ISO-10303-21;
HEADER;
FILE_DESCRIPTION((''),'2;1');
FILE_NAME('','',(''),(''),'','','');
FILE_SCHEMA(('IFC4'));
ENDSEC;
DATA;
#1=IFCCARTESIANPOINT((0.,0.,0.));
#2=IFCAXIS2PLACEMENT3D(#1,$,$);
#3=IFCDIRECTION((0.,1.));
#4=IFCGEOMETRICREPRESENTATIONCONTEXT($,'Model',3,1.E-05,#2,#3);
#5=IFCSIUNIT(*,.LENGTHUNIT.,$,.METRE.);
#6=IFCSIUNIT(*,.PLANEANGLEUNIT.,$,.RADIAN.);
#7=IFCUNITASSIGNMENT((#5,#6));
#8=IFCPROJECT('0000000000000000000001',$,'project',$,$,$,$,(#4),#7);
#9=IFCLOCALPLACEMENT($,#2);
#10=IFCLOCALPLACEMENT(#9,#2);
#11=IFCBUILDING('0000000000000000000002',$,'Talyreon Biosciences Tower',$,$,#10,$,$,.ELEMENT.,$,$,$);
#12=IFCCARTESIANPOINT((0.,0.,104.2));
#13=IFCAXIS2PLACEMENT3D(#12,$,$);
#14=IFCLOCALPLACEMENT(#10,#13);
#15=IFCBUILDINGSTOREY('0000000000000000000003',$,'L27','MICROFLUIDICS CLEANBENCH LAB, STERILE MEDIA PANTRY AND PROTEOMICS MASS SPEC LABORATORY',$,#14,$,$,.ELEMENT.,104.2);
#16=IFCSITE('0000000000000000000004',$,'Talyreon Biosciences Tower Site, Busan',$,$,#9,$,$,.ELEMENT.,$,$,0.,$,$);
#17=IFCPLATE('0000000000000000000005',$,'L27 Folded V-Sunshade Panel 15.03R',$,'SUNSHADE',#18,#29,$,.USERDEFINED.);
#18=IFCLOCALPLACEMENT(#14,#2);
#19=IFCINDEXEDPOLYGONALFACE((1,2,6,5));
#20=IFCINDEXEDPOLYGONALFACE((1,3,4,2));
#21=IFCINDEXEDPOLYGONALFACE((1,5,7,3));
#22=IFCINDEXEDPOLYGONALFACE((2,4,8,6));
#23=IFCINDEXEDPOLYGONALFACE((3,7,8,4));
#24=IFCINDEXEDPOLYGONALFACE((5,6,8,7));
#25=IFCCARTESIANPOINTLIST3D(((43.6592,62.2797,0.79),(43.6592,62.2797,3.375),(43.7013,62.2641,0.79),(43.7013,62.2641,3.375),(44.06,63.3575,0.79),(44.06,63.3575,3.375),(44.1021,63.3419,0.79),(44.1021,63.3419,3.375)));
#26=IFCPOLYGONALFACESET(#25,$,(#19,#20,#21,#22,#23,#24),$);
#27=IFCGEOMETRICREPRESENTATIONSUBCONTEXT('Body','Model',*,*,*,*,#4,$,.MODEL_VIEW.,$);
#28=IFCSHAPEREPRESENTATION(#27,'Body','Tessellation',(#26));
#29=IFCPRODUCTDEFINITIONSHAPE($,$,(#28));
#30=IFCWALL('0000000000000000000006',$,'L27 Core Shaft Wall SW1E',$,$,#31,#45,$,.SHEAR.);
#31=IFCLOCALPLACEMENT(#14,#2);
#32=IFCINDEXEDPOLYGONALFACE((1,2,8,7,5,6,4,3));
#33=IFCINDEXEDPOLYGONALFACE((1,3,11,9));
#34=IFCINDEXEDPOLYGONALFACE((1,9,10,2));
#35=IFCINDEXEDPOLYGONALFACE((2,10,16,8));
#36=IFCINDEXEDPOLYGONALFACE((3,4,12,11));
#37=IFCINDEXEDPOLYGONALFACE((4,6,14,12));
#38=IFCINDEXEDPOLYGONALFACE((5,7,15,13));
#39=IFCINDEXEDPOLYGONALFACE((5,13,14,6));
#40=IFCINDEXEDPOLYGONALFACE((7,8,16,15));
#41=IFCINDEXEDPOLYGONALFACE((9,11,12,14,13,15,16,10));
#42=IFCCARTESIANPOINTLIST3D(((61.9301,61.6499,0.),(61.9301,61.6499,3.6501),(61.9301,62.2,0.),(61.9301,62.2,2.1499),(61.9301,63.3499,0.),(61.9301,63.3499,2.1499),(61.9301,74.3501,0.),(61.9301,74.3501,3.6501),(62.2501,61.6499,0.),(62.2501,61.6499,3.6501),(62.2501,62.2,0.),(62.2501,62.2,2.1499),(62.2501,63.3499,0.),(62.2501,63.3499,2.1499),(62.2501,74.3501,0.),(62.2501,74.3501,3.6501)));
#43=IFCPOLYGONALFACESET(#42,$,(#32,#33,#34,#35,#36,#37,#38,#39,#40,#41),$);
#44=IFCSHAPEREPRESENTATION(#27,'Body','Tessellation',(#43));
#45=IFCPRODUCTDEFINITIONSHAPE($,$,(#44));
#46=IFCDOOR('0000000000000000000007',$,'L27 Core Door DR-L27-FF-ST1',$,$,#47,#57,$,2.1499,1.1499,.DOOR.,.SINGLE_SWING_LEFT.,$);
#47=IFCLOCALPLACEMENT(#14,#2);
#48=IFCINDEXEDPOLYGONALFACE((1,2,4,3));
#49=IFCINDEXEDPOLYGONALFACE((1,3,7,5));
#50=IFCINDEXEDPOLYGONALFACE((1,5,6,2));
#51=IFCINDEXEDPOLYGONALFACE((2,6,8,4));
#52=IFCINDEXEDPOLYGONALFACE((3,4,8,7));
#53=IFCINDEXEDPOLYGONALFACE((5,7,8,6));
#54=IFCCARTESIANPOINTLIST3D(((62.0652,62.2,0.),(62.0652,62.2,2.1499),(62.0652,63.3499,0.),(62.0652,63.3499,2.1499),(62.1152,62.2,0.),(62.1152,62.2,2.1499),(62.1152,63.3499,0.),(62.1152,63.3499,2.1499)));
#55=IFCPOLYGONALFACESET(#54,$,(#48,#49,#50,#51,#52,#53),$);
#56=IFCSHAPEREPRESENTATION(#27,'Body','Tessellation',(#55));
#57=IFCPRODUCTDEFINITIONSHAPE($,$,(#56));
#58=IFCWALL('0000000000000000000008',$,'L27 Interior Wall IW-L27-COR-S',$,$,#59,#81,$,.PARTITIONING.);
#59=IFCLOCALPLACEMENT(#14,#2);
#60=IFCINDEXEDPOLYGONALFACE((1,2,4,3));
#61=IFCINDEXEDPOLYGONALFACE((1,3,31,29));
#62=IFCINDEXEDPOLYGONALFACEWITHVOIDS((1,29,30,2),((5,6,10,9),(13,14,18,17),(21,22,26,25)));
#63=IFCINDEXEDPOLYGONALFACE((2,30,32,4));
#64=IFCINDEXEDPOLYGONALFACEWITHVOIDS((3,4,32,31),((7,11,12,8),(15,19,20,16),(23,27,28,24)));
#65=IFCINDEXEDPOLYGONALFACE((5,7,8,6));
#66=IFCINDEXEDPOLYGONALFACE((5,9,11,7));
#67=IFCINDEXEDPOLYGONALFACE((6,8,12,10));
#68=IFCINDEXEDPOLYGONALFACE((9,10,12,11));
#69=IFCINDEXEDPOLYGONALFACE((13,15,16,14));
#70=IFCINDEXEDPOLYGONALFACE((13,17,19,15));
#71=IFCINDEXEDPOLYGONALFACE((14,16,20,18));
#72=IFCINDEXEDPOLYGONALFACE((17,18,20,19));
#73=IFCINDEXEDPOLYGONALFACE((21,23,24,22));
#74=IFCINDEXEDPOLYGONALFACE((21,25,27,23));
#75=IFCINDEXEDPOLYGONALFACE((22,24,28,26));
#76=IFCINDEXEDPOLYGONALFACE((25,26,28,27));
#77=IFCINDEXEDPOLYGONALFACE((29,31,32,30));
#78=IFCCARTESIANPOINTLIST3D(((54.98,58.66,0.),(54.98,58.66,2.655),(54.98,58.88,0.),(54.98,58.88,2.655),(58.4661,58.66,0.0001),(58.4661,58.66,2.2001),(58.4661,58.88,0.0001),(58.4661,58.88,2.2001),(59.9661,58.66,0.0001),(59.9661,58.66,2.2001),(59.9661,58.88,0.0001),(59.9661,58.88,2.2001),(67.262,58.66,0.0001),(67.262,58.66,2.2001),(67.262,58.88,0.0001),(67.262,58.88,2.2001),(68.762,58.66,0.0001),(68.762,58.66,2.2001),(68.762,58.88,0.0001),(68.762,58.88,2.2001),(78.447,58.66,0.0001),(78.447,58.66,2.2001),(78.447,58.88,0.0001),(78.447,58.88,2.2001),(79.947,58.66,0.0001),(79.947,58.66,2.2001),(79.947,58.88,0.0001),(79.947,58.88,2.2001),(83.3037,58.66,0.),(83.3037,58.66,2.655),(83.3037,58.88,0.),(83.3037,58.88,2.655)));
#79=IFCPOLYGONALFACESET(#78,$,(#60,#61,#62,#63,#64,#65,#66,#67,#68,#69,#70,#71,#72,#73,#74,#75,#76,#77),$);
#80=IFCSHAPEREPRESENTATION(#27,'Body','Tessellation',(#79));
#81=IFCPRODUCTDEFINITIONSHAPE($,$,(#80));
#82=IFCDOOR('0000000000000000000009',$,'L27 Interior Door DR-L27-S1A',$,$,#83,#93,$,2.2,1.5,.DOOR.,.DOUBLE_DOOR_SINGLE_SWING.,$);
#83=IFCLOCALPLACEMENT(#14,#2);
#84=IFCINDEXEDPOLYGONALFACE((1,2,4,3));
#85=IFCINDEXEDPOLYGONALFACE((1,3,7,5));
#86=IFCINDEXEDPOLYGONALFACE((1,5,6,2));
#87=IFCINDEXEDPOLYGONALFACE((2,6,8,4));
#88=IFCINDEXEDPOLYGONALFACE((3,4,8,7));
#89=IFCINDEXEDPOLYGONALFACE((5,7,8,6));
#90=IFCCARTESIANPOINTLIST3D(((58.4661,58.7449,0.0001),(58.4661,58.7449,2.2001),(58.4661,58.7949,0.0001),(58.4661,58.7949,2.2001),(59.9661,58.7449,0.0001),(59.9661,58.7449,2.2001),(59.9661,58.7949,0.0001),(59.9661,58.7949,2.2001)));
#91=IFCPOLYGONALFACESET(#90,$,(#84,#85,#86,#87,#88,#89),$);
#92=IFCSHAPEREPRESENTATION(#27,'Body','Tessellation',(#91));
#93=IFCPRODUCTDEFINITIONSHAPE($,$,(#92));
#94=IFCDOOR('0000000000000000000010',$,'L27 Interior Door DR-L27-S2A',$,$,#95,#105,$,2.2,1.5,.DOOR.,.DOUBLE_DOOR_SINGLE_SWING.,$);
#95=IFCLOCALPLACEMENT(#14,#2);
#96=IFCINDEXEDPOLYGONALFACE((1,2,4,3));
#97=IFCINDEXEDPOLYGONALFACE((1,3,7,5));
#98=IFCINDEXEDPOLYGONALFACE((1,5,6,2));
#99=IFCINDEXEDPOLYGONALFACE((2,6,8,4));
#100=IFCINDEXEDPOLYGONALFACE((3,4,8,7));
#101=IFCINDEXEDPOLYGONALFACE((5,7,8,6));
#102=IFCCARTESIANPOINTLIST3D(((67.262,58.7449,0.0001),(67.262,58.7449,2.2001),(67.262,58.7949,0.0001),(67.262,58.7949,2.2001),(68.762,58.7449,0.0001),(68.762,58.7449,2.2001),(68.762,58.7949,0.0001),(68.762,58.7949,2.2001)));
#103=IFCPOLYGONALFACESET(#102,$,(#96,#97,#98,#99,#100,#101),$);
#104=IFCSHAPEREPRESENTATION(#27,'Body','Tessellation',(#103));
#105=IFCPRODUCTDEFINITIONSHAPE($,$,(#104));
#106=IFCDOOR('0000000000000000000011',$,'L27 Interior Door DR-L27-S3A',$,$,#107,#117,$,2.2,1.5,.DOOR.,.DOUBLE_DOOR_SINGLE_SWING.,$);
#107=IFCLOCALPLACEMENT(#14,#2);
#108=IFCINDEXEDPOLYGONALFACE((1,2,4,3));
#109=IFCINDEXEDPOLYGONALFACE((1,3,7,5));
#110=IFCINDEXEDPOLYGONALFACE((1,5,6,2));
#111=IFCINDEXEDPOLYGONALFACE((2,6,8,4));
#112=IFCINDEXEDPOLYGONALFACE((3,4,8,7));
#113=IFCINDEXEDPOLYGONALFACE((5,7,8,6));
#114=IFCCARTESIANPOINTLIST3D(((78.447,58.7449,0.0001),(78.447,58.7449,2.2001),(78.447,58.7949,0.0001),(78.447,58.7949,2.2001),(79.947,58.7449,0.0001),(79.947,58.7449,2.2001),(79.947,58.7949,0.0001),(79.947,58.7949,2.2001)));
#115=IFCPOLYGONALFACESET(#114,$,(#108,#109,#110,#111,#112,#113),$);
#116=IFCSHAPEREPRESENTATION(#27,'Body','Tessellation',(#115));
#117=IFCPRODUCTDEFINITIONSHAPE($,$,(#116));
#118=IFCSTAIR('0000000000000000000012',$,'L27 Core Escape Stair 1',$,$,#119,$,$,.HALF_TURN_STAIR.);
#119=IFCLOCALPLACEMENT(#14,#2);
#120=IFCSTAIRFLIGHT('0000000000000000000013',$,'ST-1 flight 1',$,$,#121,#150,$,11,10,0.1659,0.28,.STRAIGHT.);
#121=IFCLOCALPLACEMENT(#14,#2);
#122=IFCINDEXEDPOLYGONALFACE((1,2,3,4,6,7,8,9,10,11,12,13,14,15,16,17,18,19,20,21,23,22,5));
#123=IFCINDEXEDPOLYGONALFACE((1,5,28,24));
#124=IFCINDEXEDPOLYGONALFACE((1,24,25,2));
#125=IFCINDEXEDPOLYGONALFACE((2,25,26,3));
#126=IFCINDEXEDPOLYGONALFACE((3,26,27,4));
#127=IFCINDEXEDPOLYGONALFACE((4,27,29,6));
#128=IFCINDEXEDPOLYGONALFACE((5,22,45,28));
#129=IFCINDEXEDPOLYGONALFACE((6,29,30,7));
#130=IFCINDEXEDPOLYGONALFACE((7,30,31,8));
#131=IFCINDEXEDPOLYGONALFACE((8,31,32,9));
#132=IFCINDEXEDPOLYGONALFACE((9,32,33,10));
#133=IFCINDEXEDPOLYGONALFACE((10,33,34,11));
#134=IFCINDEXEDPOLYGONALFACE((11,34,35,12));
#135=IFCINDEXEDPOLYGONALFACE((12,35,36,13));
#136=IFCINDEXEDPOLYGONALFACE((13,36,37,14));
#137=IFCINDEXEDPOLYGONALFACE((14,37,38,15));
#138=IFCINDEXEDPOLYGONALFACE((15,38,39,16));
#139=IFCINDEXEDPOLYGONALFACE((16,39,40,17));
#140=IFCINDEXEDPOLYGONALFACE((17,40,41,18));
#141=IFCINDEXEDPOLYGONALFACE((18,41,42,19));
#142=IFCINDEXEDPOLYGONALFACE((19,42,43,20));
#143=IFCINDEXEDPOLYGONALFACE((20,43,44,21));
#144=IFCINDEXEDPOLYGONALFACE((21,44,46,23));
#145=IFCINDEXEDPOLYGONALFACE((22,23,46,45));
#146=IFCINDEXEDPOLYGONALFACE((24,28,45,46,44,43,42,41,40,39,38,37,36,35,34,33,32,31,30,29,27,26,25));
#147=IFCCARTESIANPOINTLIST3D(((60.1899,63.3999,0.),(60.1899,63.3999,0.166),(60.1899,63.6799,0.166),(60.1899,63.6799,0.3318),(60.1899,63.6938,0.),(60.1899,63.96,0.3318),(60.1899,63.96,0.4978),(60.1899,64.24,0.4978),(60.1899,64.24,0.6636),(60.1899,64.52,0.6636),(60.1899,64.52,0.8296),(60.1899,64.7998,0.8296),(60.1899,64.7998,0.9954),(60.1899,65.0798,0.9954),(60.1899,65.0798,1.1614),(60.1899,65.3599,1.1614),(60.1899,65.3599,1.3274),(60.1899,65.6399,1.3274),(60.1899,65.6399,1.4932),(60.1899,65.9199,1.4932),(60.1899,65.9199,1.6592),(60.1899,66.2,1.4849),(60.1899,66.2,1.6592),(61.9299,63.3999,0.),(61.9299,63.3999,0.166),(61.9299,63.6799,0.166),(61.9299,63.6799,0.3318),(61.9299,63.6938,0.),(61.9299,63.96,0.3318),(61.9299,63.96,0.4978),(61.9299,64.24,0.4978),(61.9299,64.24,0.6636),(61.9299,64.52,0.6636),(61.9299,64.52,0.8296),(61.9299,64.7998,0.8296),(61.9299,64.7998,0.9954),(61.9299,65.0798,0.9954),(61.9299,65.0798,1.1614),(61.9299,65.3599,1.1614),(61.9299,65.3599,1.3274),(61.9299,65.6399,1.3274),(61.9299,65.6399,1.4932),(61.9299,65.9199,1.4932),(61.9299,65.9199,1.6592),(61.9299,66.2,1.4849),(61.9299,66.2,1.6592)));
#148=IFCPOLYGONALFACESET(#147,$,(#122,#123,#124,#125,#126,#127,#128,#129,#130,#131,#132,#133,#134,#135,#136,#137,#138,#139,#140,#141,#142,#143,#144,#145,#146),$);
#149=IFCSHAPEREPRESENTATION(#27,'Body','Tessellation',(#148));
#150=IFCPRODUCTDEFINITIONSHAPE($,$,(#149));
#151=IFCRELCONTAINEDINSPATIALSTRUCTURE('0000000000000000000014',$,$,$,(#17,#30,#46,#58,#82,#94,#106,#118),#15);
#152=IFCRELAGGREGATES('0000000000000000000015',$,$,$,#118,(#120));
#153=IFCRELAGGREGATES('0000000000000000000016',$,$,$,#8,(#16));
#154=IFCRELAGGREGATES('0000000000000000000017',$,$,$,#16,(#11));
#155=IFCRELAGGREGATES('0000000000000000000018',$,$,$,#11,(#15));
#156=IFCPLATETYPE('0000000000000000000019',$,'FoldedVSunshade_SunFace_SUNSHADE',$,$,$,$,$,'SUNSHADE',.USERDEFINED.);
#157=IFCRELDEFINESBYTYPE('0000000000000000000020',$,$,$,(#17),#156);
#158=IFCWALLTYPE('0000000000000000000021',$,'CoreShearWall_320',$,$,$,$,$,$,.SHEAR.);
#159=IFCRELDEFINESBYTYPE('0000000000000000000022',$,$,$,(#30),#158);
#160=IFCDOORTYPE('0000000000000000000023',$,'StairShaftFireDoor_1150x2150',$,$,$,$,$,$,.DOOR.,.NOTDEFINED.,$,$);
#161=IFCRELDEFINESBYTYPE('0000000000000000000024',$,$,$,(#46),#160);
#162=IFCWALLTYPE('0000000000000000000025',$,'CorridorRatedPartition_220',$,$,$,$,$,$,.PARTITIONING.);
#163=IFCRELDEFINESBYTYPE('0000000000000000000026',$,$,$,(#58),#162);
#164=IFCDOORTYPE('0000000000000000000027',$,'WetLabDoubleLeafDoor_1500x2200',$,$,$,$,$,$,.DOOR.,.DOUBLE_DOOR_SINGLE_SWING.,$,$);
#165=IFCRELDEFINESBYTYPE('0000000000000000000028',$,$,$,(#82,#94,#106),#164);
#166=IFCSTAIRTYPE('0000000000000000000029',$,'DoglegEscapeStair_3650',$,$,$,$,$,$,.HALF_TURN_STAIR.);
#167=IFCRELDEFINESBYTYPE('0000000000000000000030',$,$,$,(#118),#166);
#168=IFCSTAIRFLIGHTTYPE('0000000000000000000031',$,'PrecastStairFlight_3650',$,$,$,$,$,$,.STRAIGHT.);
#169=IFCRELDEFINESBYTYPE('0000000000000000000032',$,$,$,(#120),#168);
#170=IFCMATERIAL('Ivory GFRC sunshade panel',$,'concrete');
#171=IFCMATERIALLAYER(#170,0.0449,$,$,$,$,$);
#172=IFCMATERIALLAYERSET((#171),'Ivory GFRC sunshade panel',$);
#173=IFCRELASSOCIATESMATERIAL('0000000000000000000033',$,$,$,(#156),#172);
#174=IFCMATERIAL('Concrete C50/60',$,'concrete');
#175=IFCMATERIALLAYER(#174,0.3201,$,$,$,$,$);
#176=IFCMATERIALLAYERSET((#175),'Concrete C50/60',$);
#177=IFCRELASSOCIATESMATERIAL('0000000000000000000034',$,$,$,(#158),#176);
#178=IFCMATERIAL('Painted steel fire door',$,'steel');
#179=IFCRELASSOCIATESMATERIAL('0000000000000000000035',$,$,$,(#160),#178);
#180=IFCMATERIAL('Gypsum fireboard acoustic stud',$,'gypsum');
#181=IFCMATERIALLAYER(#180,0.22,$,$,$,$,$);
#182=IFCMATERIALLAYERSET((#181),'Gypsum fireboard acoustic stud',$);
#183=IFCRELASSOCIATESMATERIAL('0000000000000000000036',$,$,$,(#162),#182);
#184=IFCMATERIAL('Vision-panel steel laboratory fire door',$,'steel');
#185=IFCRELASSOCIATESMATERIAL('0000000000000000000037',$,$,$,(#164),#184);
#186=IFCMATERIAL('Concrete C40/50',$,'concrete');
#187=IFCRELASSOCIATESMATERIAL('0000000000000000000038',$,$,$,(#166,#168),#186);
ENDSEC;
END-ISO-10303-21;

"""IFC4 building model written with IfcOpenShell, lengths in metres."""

from ifc_helpers import new_model, si_unit, direction, frame, frame_2d, origin, origin_2d, place, context, subcontext, project, spatial, polyline, rectangle, outline, extrude, material, layer, layer_set, type_object, element, fill, aggregate, save


model = new_model("IFC4")

# Units and contexts
model_context = context("Model", 3, precision=1e-05, world=origin(), true_north=direction((0.0, 1.0)))
body_context = subcontext(model_context, "Body", "Model", "MODEL_VIEW")
ifc_project = project(units=[si_unit("LENGTHUNIT", "METRE"), si_unit("PLANEANGLEUNIT", "RADIAN")], contexts=[model_context])

# Site, building, storey
site_placement = place(None, origin())
site = spatial("IfcSite", under=ifc_project, at=site_placement, Name="Talyreon Biosciences Tower Site, Busan", CompositionType="ELEMENT", RefElevation=0.0)
building_placement = place(site_placement, origin())
building = spatial("IfcBuilding", under=site, at=building_placement, Name="Talyreon Biosciences Tower", CompositionType="ELEMENT")
storey_placement = place(building_placement, frame((0.0, 0.0, 104.2)))
storey = spatial("IfcBuildingStorey", under=building, at=storey_placement, Name="L27", Description="MICROFLUIDICS CLEANBENCH LAB, STERILE MEDIA PANTRY AND PROTEOMICS MASS SPEC LABORATORY", CompositionType="ELEMENT", Elevation=104.2)

# Shared definitions
ifc_material_1 = material(Name="Concrete C50/60", Category="concrete")

# Plate
ifc_material_2 = material(Name="Ivory GFRC sunshade panel", Category="concrete")
ifc_layer_1 = layer(ifc_material_2, 0.0449)
ifc_layer_set_1 = layer_set([ifc_layer_1], Name="Ivory GFRC sunshade panel")
plate_type_1 = type_object("IfcPlateType", Name="FoldedVSunshade_SunFace_SUNSHADE", ElementType="SUNSHADE", PredefinedType="USERDEFINED", material=ifc_layer_set_1)
for number, where, z_axis, x_axis, name in (
    (1, (43.8806, 62.8108, 0.79), (0.0, 0.0, 1.0), (0.348539, 0.937294, 0.0), "L27 Folded V-Sunshade Panel 15.03R"),
):
    element("IfcPlate", number, at=place(storey_placement, frame(where, z_axis=z_axis, x_axis=x_axis)), inside=storey, type_object=plate_type_1, Name=name, ObjectType="SUNSHADE", PredefinedType="USERDEFINED", context=body_context, shape_type="SweptSolid", body=[
        extrude(rectangle(XDim=1.1499, YDim=0.0449, at=origin_2d()), origin(), (0.0, 0.0, 1.0), 2.585),
    ])

# Wall, opening, door
ifc_layer_2 = layer(ifc_material_1, 0.3201)
ifc_layer_set_2 = layer_set([ifc_layer_2], Name="Concrete C50/60")
wall_type_1 = type_object("IfcWallType", Name="CoreShearWall_320", PredefinedType="SHEAR", material=ifc_layer_set_2)
wall_1_placement = place(storey_placement, frame((62.0901, 61.6499, 0.0), z_axis=(0.0, 0.0, 1.0), x_axis=(0.0, 1.0, 0.0)))
wall_1 = element("IfcWall", 2, at=wall_1_placement, inside=storey, type_object=wall_type_1, Name="L27 Core Shaft Wall SW1E", PredefinedType="SHEAR", context=body_context, shape_type="SweptSolid", body=[
    extrude(rectangle(XDim=12.7002, YDim=0.3201, at=frame_2d((6.3501, 0.0))), origin(), (0.0, 0.0, 1.0), 3.6501),
])
opening_1_placement = place(wall_1_placement, frame((0.55, 0.0, 0.0)))
opening_1 = element("IfcOpeningElement", 3, at=opening_1_placement, cuts=wall_1, PredefinedType="OPENING", context=body_context, shape_type="SweptSolid", body=[
    extrude(rectangle(XDim=1.1499, YDim=2.1499, at=frame_2d((0.575, 1.075))), frame((0.0, 0.1699, 0.0), z_axis=(0.0, -1.0, 0.0), x_axis=(1.0, 0.0, 0.0)), (0.0, 0.0, 1.0), 0.3401),
])
ifc_material_3 = material(Name="Painted steel fire door", Category="steel")
door_type_1 = type_object("IfcDoorType", Name="StairShaftFireDoor_1150x2150", OperationType="NOTDEFINED", PredefinedType="DOOR", material=ifc_material_3)
door_1_placement = place(opening_1_placement, origin())
door_1 = element("IfcDoor", 4, at=door_1_placement, inside=storey, type_object=door_type_1, Name="L27 Core Door DR-L27-FF-ST1", OperationType="SINGLE_SWING_LEFT", OverallHeight=2.1499, OverallWidth=1.1499, PredefinedType="DOOR", context=body_context, shape_type="SweptSolid", body=[
    extrude(rectangle(XDim=1.1499, YDim=2.1499, at=frame_2d((0.575, 1.075))), frame((0.0, 0.0249, 0.0), z_axis=(0.0, -1.0, 0.0), x_axis=(1.0, 0.0, 0.0)), (0.0, 0.0, 1.0), 0.05),
])
fill(opening_1, door_1)

# Wall, openings, doors
ifc_material_4 = material(Name="Gypsum fireboard acoustic stud", Category="gypsum")
ifc_layer_3 = layer(ifc_material_4, 0.22)
ifc_layer_set_3 = layer_set([ifc_layer_3], Name="Gypsum fireboard acoustic stud")
wall_type_2 = type_object("IfcWallType", Name="CorridorRatedPartition_220", PredefinedType="PARTITIONING", material=ifc_layer_set_3)
wall_2_placement = place(storey_placement, frame((54.98, 58.77, 0.0), z_axis=(0.0, 0.0, 1.0), x_axis=(1.0, 0.0, 0.0)))
wall_2 = element("IfcWall", 5, at=wall_2_placement, inside=storey, type_object=wall_type_2, Name="L27 Interior Wall IW-L27-COR-S", PredefinedType="PARTITIONING", context=body_context, shape_type="SweptSolid", body=[
    extrude(rectangle(XDim=28.3237, YDim=0.22, at=frame_2d((14.1619, 0.0))), origin(), (0.0, 0.0, 1.0), 2.655),
])
opening_2_placement = place(wall_2_placement, frame((3.4861, 0.0, 0.0)))
opening_2 = element("IfcOpeningElement", 6, at=opening_2_placement, cuts=wall_2, PredefinedType="OPENING", context=body_context, shape_type="SweptSolid", body=[
    extrude(rectangle(XDim=1.5, YDim=2.2, at=frame_2d((0.75, 1.1001))), frame((0.0, 0.1199, 0.0), z_axis=(0.0, -1.0, 0.0), x_axis=(1.0, 0.0, 0.0)), (0.0, 0.0, 1.0), 0.24),
])
opening_3_placement = place(wall_2_placement, frame((12.282, 0.0, 0.0)))
opening_3 = element("IfcOpeningElement", 7, at=opening_3_placement, cuts=wall_2, PredefinedType="OPENING", context=body_context, shape_type="SweptSolid", body=[
    extrude(rectangle(XDim=1.5, YDim=2.2, at=frame_2d((0.75, 1.1001))), frame((0.0, 0.1199, 0.0), z_axis=(0.0, -1.0, 0.0), x_axis=(1.0, 0.0, 0.0)), (0.0, 0.0, 1.0), 0.24),
])
opening_4_placement = place(wall_2_placement, frame((23.467, 0.0, 0.0)))
opening_4 = element("IfcOpeningElement", 8, at=opening_4_placement, cuts=wall_2, PredefinedType="OPENING", context=body_context, shape_type="SweptSolid", body=[
    extrude(rectangle(XDim=1.5, YDim=2.2, at=frame_2d((0.75, 1.1001))), frame((0.0, 0.1199, 0.0), z_axis=(0.0, -1.0, 0.0), x_axis=(1.0, 0.0, 0.0)), (0.0, 0.0, 1.0), 0.24),
])
ifc_material_5 = material(Name="Vision-panel steel laboratory fire door", Category="steel")
door_type_2 = type_object("IfcDoorType", Name="WetLabDoubleLeafDoor_1500x2200", OperationType="DOUBLE_DOOR_SINGLE_SWING", PredefinedType="DOOR", material=ifc_material_5)
door_2_placement = place(opening_2_placement, origin())
door_2 = element("IfcDoor", 9, at=door_2_placement, inside=storey, type_object=door_type_2, Name="L27 Interior Door DR-L27-S1A", OperationType="DOUBLE_DOOR_SINGLE_SWING", OverallHeight=2.2, OverallWidth=1.5, PredefinedType="DOOR", context=body_context, shape_type="SweptSolid", body=[
    extrude(rectangle(XDim=1.5, YDim=2.2, at=frame_2d((0.75, 1.1001))), frame((0.0, 0.0249, 0.0), z_axis=(0.0, -1.0, 0.0), x_axis=(1.0, 0.0, 0.0)), (0.0, 0.0, 1.0), 0.05),
])
fill(opening_2, door_2)
door_3_placement = place(opening_3_placement, origin())
door_3 = element("IfcDoor", 10, at=door_3_placement, inside=storey, type_object=door_type_2, Name="L27 Interior Door DR-L27-S2A", OperationType="DOUBLE_DOOR_SINGLE_SWING", OverallHeight=2.2, OverallWidth=1.5, PredefinedType="DOOR", context=body_context, shape_type="SweptSolid", body=[
    extrude(rectangle(XDim=1.5, YDim=2.2, at=frame_2d((0.75, 1.1001))), frame((0.0, 0.0249, 0.0), z_axis=(0.0, -1.0, 0.0), x_axis=(1.0, 0.0, 0.0)), (0.0, 0.0, 1.0), 0.05),
])
fill(opening_3, door_3)
door_4_placement = place(opening_4_placement, origin())
door_4 = element("IfcDoor", 11, at=door_4_placement, inside=storey, type_object=door_type_2, Name="L27 Interior Door DR-L27-S3A", OperationType="DOUBLE_DOOR_SINGLE_SWING", OverallHeight=2.2, OverallWidth=1.5, PredefinedType="DOOR", context=body_context, shape_type="SweptSolid", body=[
    extrude(rectangle(XDim=1.5, YDim=2.2, at=frame_2d((0.75, 1.1001))), frame((0.0, 0.0249, 0.0), z_axis=(0.0, -1.0, 0.0), x_axis=(1.0, 0.0, 0.0)), (0.0, 0.0, 1.0), 0.05),
])
fill(opening_4, door_4)

# Stair, stair flight
ifc_material_6 = material(Name="Concrete C40/50", Category="concrete")
stair_type = type_object("IfcStairType", Name="DoglegEscapeStair_3650", PredefinedType="HALF_TURN_STAIR", material=ifc_material_6)
stair_placement = place(storey_placement, origin())
stair = element("IfcStair", 12, at=stair_placement, inside=storey, type_object=stair_type, Name="L27 Core Escape Stair 1", PredefinedType="HALF_TURN_STAIR")
stair_flight_type = type_object("IfcStairFlightType", Name="PrecastStairFlight_3650", PredefinedType="STRAIGHT", material=ifc_material_6)
stair_flight_placement = place(storey_placement, frame((61.0601, 63.3999, 0.0), z_axis=(0.0, 0.0, 1.0), x_axis=(0.0, 1.0, 0.0)))
stair_flight = element("IfcStairFlight", 13, at=stair_flight_placement, type_object=stair_flight_type, Name="ST-1 flight 1", NumberOfRisers=11, NumberOfTreads=10, PredefinedType="STRAIGHT", RiserHeight=0.1659, TreadLength=0.28, context=body_context, shape_type="SweptSolid", body=[
    extrude(outline(polyline([(0.0, 0.0), (0.0, 0.166), (0.28, 0.166), (0.28, 0.3318), (0.5601, 0.3318), (0.5601, 0.4978), (0.8401, 0.4978), (0.8401, 0.6636), (1.1201, 0.6636), (1.1201, 0.8296), (1.3999, 0.8296), (1.3999, 0.9954), (1.6799, 0.9954), (1.6799, 1.1614), (1.96, 1.1614), (1.96, 1.3274), (2.24, 1.3274), (2.24, 1.4932), (2.52, 1.4932), (2.52, 1.6592), (2.8, 1.6592), (2.8, 1.825), (2.8, 1.4849), (0.2939, 0.0), (0.0, 0.0)])), frame((0.0, 0.8701, 0.0), z_axis=(0.0, -1.0, 0.0), x_axis=(1.0, 0.0, 0.0)), (0.0, 0.0, 1.0), 1.74),
])
aggregate(stair, [stair_flight])

save(model, "model.ifc")
